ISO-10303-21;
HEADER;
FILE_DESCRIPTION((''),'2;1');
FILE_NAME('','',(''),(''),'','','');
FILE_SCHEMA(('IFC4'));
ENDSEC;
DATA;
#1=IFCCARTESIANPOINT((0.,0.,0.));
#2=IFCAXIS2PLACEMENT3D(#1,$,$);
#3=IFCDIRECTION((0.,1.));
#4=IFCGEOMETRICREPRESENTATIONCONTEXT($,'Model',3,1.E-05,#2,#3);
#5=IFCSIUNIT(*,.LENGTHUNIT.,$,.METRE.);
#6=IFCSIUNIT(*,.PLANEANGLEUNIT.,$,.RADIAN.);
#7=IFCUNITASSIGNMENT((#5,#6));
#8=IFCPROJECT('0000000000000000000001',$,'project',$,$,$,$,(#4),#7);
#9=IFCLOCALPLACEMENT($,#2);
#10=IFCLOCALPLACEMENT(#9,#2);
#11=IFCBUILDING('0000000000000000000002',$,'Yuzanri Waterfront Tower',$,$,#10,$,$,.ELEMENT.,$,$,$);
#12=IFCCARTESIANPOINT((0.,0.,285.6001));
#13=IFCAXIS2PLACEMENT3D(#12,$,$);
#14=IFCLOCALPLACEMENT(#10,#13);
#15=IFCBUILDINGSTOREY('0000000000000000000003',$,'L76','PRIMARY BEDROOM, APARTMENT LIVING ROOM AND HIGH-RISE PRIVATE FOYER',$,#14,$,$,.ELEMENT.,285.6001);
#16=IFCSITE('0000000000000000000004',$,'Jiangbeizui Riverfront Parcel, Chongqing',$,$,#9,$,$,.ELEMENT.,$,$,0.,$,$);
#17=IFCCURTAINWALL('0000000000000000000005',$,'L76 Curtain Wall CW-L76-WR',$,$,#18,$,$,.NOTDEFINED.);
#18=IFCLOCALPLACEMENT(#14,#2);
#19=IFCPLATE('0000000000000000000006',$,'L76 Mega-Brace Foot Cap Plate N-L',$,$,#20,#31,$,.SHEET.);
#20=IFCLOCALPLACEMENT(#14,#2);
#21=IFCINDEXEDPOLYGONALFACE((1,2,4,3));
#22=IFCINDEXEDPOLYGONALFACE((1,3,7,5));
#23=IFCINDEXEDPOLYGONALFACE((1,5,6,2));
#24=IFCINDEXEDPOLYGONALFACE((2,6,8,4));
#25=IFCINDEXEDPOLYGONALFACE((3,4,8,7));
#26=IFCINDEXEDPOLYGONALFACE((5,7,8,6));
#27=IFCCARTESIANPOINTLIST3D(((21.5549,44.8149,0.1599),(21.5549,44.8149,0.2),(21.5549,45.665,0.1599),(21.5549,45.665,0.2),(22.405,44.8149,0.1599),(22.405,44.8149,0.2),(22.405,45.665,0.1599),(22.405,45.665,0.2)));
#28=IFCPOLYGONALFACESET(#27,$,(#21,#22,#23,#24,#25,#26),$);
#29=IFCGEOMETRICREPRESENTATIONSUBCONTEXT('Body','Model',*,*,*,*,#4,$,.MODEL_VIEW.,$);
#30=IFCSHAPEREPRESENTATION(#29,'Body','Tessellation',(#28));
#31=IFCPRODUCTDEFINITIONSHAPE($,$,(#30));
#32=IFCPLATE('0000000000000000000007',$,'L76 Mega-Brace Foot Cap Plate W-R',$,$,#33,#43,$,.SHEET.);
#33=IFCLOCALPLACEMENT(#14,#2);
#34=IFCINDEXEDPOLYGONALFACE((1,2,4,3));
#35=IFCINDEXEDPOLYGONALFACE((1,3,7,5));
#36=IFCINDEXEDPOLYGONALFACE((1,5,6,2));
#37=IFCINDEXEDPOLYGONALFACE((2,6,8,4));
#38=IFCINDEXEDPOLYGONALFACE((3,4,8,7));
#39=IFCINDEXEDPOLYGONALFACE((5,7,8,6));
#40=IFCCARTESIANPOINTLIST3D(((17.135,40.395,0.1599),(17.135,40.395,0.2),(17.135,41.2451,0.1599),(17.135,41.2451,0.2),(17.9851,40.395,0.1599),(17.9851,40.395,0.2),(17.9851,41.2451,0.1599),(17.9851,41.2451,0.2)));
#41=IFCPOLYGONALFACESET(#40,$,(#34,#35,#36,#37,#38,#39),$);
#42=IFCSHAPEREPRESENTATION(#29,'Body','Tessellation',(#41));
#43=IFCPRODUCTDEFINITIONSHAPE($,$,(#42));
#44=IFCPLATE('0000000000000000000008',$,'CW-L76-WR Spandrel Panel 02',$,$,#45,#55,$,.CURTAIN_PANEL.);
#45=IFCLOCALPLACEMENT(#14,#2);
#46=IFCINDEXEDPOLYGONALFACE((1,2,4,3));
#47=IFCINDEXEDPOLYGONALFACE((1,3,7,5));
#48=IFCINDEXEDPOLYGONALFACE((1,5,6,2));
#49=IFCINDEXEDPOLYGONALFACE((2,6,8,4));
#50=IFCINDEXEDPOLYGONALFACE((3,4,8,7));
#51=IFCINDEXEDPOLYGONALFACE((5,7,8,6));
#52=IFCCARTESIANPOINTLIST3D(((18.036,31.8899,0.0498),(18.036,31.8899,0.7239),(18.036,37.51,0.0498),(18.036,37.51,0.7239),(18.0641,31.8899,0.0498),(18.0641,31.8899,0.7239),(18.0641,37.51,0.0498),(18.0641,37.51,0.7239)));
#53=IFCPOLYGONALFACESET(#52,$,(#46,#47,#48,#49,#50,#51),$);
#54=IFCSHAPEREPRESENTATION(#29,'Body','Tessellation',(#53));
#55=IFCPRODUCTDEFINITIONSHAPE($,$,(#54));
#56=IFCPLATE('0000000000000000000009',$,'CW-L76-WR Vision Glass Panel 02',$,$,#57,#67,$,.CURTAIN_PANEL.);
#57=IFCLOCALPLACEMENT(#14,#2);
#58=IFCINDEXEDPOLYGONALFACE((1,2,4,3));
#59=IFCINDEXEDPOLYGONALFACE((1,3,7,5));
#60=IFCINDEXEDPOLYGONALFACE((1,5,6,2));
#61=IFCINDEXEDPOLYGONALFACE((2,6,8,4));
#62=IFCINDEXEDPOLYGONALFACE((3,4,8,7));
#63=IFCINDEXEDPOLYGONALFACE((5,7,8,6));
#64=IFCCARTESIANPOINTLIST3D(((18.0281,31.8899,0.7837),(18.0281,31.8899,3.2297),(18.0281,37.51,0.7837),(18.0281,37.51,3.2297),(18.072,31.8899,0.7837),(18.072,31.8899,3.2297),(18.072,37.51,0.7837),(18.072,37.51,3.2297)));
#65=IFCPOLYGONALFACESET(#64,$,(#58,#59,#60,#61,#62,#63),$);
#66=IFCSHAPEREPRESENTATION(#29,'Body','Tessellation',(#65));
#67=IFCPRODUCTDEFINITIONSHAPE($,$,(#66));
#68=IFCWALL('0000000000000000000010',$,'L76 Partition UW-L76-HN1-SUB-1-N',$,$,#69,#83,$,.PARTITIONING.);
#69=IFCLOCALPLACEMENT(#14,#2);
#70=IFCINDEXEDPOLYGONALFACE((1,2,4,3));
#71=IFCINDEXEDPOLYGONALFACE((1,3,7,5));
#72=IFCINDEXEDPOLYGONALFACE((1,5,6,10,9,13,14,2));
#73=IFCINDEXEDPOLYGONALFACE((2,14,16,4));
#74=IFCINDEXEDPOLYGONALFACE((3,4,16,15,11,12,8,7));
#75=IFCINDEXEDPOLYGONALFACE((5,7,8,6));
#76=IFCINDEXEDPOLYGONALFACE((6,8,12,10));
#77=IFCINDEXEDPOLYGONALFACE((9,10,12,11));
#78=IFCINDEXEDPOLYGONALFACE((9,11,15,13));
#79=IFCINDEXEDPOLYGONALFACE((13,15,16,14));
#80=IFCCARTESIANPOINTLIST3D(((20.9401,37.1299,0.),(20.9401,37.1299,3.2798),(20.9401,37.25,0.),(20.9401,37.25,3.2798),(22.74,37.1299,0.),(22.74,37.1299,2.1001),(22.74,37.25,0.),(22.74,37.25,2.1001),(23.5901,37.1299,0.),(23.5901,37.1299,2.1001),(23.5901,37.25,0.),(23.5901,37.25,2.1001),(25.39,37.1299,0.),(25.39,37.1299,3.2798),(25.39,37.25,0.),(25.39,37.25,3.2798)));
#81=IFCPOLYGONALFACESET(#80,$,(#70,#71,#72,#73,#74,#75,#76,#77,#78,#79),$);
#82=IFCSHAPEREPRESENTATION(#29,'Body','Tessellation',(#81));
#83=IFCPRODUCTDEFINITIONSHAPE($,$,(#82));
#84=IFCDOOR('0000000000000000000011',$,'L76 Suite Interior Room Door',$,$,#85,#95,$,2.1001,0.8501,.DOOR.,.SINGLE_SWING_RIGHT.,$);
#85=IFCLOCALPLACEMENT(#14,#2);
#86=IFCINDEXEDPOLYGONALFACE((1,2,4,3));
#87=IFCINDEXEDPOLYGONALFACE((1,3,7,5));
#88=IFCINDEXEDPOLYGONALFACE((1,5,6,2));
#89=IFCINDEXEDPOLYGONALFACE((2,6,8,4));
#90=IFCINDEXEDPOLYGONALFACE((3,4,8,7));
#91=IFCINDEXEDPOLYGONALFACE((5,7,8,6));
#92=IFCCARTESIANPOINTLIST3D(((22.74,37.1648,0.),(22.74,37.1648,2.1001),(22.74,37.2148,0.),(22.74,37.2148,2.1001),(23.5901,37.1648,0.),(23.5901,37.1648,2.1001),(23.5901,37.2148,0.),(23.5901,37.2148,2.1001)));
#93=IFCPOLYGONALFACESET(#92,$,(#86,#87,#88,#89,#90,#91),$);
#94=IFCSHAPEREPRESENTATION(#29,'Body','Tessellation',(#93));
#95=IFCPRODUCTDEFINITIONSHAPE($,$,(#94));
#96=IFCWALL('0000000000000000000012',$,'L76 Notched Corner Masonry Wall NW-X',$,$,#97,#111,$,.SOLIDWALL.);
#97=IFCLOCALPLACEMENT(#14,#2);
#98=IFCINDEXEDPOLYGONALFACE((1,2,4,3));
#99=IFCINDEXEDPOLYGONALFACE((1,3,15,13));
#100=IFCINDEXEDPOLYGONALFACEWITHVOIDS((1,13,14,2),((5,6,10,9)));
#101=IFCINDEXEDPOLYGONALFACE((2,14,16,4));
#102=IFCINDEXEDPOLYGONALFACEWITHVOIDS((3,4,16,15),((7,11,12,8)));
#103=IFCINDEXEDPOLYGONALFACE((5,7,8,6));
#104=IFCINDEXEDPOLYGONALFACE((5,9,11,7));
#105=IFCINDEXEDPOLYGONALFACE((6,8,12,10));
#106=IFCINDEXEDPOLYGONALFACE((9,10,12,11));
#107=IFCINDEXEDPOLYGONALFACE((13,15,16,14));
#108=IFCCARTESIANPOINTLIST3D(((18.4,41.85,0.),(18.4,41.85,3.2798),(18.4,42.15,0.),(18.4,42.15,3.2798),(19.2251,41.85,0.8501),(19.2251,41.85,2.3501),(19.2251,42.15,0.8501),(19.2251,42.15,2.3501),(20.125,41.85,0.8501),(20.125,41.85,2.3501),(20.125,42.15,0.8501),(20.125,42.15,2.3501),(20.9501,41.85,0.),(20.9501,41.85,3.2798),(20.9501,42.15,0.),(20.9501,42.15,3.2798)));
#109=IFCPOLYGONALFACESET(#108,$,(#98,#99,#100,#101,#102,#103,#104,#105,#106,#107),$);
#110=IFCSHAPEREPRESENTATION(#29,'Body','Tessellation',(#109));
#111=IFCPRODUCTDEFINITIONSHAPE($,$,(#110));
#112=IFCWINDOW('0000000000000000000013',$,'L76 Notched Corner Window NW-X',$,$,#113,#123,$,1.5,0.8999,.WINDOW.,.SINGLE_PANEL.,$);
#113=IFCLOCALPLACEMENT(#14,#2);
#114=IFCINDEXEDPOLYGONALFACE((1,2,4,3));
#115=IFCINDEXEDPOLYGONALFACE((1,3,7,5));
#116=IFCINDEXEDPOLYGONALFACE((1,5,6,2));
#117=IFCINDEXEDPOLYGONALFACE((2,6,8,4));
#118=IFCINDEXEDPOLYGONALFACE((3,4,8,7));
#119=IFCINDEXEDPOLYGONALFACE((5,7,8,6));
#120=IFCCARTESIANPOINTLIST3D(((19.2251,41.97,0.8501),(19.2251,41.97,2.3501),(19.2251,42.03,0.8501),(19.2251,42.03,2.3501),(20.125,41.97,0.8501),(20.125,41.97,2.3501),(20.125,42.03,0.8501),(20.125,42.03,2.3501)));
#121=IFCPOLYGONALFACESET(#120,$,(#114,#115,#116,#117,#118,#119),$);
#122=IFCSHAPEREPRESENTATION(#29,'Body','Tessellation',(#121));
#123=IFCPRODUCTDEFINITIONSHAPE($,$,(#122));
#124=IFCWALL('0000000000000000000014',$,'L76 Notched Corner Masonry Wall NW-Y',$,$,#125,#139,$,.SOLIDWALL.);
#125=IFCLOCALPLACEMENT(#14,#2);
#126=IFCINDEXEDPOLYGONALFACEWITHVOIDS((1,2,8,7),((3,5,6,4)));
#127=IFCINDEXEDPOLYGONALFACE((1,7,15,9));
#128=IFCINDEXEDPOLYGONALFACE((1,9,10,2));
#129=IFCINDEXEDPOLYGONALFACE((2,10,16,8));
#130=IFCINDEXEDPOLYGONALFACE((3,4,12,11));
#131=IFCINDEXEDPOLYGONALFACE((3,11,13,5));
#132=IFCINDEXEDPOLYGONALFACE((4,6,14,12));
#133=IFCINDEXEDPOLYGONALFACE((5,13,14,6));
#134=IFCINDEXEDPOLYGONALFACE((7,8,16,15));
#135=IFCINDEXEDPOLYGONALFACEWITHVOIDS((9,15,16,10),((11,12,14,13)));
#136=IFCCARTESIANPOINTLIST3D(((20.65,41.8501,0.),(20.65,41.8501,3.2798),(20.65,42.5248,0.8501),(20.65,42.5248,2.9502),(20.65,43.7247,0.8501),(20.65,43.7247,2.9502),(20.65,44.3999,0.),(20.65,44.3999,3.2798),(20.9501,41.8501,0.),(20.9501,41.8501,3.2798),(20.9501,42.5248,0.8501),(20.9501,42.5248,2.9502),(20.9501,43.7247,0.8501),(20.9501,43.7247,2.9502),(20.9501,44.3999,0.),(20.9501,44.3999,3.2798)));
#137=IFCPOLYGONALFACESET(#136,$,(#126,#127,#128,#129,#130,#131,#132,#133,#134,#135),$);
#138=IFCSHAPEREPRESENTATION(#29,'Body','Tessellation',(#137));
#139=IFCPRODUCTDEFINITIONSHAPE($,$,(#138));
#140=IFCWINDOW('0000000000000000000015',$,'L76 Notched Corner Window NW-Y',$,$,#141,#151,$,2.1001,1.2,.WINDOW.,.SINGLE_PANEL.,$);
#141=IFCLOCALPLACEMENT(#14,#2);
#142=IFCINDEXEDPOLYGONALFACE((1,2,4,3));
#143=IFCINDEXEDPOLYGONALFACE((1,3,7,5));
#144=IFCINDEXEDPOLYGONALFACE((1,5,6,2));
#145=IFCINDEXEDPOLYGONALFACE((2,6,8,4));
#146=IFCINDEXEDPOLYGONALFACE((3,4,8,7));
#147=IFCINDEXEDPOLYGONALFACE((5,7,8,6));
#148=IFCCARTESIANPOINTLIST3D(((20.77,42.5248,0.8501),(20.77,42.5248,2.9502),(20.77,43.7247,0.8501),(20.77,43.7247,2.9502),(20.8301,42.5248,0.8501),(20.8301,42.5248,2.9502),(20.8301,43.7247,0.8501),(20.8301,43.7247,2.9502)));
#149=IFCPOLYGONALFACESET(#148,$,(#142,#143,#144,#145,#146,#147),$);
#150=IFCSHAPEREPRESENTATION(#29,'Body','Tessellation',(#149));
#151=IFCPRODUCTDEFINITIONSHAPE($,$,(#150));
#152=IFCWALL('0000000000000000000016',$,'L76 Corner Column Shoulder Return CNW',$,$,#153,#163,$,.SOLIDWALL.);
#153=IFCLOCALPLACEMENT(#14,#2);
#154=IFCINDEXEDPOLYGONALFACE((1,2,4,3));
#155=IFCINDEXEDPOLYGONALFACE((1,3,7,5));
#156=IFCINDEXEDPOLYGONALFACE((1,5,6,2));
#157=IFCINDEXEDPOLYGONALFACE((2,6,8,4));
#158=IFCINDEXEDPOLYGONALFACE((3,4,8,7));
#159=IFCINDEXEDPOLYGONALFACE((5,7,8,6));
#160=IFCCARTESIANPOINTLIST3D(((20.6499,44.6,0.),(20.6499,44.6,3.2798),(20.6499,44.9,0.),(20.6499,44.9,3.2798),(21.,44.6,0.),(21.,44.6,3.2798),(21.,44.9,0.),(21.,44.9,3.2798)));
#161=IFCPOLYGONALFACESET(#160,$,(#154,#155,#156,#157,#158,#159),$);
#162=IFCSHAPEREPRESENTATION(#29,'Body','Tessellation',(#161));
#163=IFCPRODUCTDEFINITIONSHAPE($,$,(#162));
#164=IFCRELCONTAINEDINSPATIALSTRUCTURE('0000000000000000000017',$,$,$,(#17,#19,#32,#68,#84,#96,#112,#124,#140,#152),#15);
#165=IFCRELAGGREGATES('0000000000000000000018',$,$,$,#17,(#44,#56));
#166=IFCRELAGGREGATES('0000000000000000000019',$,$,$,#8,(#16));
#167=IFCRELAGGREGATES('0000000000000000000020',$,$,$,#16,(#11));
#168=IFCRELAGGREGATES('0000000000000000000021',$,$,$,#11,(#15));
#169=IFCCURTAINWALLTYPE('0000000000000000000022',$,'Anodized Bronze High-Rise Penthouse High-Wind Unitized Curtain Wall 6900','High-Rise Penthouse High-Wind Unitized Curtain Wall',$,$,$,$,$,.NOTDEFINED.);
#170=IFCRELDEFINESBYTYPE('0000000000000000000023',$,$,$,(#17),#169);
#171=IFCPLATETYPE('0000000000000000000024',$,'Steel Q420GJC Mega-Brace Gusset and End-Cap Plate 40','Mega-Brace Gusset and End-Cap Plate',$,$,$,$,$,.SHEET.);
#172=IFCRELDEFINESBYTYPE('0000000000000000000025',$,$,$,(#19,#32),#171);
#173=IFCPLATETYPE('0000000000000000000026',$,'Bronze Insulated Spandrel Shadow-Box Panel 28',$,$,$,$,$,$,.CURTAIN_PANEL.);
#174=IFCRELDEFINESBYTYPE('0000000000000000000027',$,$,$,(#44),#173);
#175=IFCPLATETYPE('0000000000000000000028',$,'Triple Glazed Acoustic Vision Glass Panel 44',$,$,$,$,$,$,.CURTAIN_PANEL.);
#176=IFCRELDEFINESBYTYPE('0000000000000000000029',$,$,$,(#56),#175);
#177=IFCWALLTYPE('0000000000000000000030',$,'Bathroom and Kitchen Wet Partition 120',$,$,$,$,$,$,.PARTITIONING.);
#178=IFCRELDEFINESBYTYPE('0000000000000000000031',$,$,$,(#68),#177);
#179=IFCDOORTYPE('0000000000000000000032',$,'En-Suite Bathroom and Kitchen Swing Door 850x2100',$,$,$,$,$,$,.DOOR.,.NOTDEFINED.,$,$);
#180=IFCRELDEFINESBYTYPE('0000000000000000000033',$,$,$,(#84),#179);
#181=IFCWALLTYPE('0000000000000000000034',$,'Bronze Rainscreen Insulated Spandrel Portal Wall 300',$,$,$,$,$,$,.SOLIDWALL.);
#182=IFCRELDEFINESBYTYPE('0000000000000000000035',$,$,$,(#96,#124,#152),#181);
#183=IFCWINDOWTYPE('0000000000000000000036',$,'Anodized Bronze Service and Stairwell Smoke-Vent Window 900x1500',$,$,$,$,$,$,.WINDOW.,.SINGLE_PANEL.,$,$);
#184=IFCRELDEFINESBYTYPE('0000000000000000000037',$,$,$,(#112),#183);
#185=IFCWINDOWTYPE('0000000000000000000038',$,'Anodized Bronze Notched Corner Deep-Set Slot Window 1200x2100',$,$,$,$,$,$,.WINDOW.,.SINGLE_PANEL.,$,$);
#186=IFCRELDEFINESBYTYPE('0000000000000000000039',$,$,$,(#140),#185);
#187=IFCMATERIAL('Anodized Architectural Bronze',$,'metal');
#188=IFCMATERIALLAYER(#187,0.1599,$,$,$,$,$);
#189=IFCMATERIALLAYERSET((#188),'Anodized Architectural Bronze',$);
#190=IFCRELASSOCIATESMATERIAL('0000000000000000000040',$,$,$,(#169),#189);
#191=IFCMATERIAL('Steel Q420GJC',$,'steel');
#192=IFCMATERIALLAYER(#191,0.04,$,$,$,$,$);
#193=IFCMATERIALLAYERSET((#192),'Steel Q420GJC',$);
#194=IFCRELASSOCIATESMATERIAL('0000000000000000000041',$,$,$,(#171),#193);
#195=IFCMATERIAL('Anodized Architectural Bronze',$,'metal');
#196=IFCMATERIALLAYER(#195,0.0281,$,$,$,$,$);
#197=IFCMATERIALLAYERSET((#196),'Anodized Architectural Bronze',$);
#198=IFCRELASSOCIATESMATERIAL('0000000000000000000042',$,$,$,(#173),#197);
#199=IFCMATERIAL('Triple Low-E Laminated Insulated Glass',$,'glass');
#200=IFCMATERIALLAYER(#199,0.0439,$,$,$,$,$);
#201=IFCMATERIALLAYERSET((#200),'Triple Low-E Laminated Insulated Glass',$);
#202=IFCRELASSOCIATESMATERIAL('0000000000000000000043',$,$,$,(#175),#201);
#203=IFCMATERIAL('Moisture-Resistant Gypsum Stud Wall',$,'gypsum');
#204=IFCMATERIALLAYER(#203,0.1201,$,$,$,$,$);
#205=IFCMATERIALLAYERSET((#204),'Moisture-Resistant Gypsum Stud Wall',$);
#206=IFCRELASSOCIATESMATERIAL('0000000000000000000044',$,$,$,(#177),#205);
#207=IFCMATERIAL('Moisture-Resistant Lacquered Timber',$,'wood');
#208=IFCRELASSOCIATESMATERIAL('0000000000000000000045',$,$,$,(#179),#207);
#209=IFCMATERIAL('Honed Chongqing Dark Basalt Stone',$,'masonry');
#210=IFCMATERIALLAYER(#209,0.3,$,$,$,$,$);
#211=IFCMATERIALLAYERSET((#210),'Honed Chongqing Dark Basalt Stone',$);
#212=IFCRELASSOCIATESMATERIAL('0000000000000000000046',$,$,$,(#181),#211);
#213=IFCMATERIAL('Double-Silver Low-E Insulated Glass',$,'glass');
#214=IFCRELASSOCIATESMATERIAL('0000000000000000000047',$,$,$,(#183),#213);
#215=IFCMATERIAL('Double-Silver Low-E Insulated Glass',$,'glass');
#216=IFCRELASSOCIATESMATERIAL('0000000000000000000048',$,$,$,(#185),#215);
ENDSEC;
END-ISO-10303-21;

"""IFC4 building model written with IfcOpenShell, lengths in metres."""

from ifc_helpers import new_model, si_unit, direction, frame, frame_2d, origin, origin_2d, place, context, subcontext, project, spatial, rectangle, extrude, source, transform, mapped, material, layer, layer_set, type_object, element, fill, aggregate, save


model = new_model("IFC4")

# Units and contexts
model_context = context("Model", 3, precision=1e-05, world=origin(), true_north=direction((0.0, 1.0)))
body_context = subcontext(model_context, "Body", "Model", "MODEL_VIEW")
ifc_project = project(units=[si_unit("LENGTHUNIT", "METRE"), si_unit("PLANEANGLEUNIT", "RADIAN")], contexts=[model_context])

# Site, building, storey
site_placement = place(None, origin())
site = spatial("IfcSite", under=ifc_project, at=site_placement, Name="Jiangbeizui Riverfront Parcel, Chongqing", CompositionType="ELEMENT", RefElevation=0.0)
building_placement = place(site_placement, origin())
building = spatial("IfcBuilding", under=site, at=building_placement, Name="Yuzanri Waterfront Tower", CompositionType="ELEMENT")
storey_placement = place(building_placement, frame((0.0, 0.0, 285.6001)))
storey = spatial("IfcBuildingStorey", under=building, at=storey_placement, Name="L76", Description="PRIMARY BEDROOM, APARTMENT LIVING ROOM AND HIGH-RISE PRIVATE FOYER", CompositionType="ELEMENT", Elevation=285.6001)

# Curtain wall
ifc_material_1 = material(Name="Anodized Architectural Bronze", Category="metal")
ifc_layer_1 = layer(ifc_material_1, 0.1599)
ifc_layer_set_1 = layer_set([ifc_layer_1], Name="Anodized Architectural Bronze")
curtain_wall_type = type_object("IfcCurtainWallType", Name="Anodized Bronze High-Rise Penthouse High-Wind Unitized Curtain Wall 6900", Description="High-Rise Penthouse High-Wind Unitized Curtain Wall", PredefinedType="NOTDEFINED", material=ifc_layer_set_1)
curtain_wall_placement = place(storey_placement, origin())
curtain_wall = element("IfcCurtainWall", 1, at=curtain_wall_placement, inside=storey, type_object=curtain_wall_type, Name="L76 Curtain Wall CW-L76-WR", PredefinedType="NOTDEFINED")

# Plates
ifc_material_2 = material(Name="Steel Q420GJC", Category="steel")
ifc_layer_2 = layer(ifc_material_2, 0.04)
ifc_layer_set_2 = layer_set([ifc_layer_2], Name="Steel Q420GJC")
plate_type_1 = type_object("IfcPlateType", Name="Steel Q420GJC Mega-Brace Gusset and End-Cap Plate 40", Description="Mega-Brace Gusset and End-Cap Plate", PredefinedType="SHEET", material=ifc_layer_set_2)
shared_shape_1 = source(origin(), body_context, "Body", "SweptSolid", [
    extrude(rectangle(XDim=0.8501, YDim=0.8501, at=origin_2d()), origin(), (0.0, 0.0, 1.0), 0.04),
])
for number, where, z_axis, x_axis, name in (
    (2, (21.98, 45.24, 0.1599), (0.0, 0.0, 1.0), (1.0, 0.0, 0.0), "L76 Mega-Brace Foot Cap Plate N-L"),
    (3, (17.5601, 40.8201, 0.1599), (0.0, 0.0, 1.0), (1.0, 0.0, 0.0), "L76 Mega-Brace Foot Cap Plate W-R"),
):
    element("IfcPlate", number, at=place(storey_placement, frame(where, z_axis=z_axis, x_axis=x_axis)), inside=storey, type_object=plate_type_1, Name=name, PredefinedType="SHEET", context=body_context, shape_type="MappedRepresentation", body=[
        mapped(shared_shape_1, transform((0.0, 0.0, 0.0), scale=1.0)),
    ])

# Plates
ifc_material_3 = material(Name="Anodized Architectural Bronze", Category="metal")
ifc_layer_3 = layer(ifc_material_3, 0.0281)
ifc_layer_set_3 = layer_set([ifc_layer_3], Name="Anodized Architectural Bronze")
plate_type_2 = type_object("IfcPlateType", Name="Bronze Insulated Spandrel Shadow-Box Panel 28", PredefinedType="CURTAIN_PANEL", material=ifc_layer_set_3)
shared_shape_2 = source(origin(), body_context, "Body", "SweptSolid", [
    extrude(rectangle(XDim=5.6201, YDim=0.0281, at=origin_2d()), origin(), (0.0, 0.0, 1.0), 0.6741),
])
plate_1_placement = place(storey_placement, frame((18.05, 34.7, 0.0498), z_axis=(0.0, 0.0, 1.0), x_axis=(0.0, 1.0, 0.0)))
plate_1 = element("IfcPlate", 4, at=plate_1_placement, type_object=plate_type_2, Name="CW-L76-WR Spandrel Panel 02", PredefinedType="CURTAIN_PANEL", context=body_context, shape_type="MappedRepresentation", body=[
    mapped(shared_shape_2, transform((0.0, 0.0, 0.0), scale=1.0)),
])
ifc_material_4 = material(Name="Triple Low-E Laminated Insulated Glass", Category="glass")
ifc_layer_4 = layer(ifc_material_4, 0.0439)
ifc_layer_set_4 = layer_set([ifc_layer_4], Name="Triple Low-E Laminated Insulated Glass")
plate_type_3 = type_object("IfcPlateType", Name="Triple Glazed Acoustic Vision Glass Panel 44", PredefinedType="CURTAIN_PANEL", material=ifc_layer_set_4)
shared_shape_3 = source(origin(), body_context, "Body", "SweptSolid", [
    extrude(rectangle(XDim=5.6201, YDim=0.0439, at=origin_2d()), origin(), (0.0, 0.0, 1.0), 2.446),
])
plate_2_placement = place(storey_placement, frame((18.05, 34.7, 0.7837), z_axis=(0.0, 0.0, 1.0), x_axis=(0.0, 1.0, 0.0)))
plate_2 = element("IfcPlate", 5, at=plate_2_placement, type_object=plate_type_3, Name="CW-L76-WR Vision Glass Panel 02", PredefinedType="CURTAIN_PANEL", context=body_context, shape_type="MappedRepresentation", body=[
    mapped(shared_shape_3, transform((0.0, 0.0, 0.0), scale=1.0)),
])
aggregate(curtain_wall, [plate_1, plate_2])

# Wall, opening, door
ifc_material_5 = material(Name="Moisture-Resistant Gypsum Stud Wall", Category="gypsum")
ifc_layer_5 = layer(ifc_material_5, 0.1201)
ifc_layer_set_5 = layer_set([ifc_layer_5], Name="Moisture-Resistant Gypsum Stud Wall")
wall_type_1 = type_object("IfcWallType", Name="Bathroom and Kitchen Wet Partition 120", PredefinedType="PARTITIONING", material=ifc_layer_set_5)
wall_1_placement = place(storey_placement, frame((20.9399, 37.1899, 0.0), z_axis=(0.0, 0.0, 1.0), x_axis=(1.0, 0.0, 0.0)))
wall_1 = element("IfcWall", 6, at=wall_1_placement, inside=storey, type_object=wall_type_1, Name="L76 Partition UW-L76-HN1-SUB-1-N", PredefinedType="PARTITIONING", context=body_context, shape_type="SweptSolid", body=[
    extrude(rectangle(XDim=4.45, YDim=0.1201, at=frame_2d((2.2251, 0.0))), origin(), (0.0, 0.0, 1.0), 3.2798),
])
opening_1_placement = place(wall_1_placement, frame((1.8, 0.0, 0.0)))
opening_1 = element("IfcOpeningElement", 7, at=opening_1_placement, cuts=wall_1, PredefinedType="OPENING", context=body_context, shape_type="SweptSolid", body=[
    extrude(rectangle(XDim=0.8501, YDim=2.1001, at=frame_2d((0.425, 1.05))), frame((0.0, 0.075, 0.0), z_axis=(0.0, -1.0, 0.0), x_axis=(1.0, 0.0, 0.0)), (0.0, 0.0, 1.0), 0.1499),
])
ifc_material_6 = material(Name="Moisture-Resistant Lacquered Timber", Category="wood")
door_type = type_object("IfcDoorType", Name="En-Suite Bathroom and Kitchen Swing Door 850x2100", OperationType="NOTDEFINED", PredefinedType="DOOR", material=ifc_material_6)
shared_shape_4 = source(origin(), body_context, "Body", "SweptSolid", [
    extrude(rectangle(XDim=0.8501, YDim=2.1001, at=frame_2d((0.425, 1.05))), frame((0.0, 0.0249, 0.0), z_axis=(0.0, -1.0, 0.0), x_axis=(1.0, 0.0, 0.0)), (0.0, 0.0, 1.0), 0.05),
])
door_placement = place(opening_1_placement, origin())
door = element("IfcDoor", 8, at=door_placement, inside=storey, type_object=door_type, Name="L76 Suite Interior Room Door", OperationType="SINGLE_SWING_RIGHT", OverallHeight=2.1001, OverallWidth=0.8501, PredefinedType="DOOR", context=body_context, shape_type="MappedRepresentation", body=[
    mapped(shared_shape_4, transform((0.0, 0.0, 0.0), scale=1.0)),
])
fill(opening_1, door)

# Walls, openings, windows
ifc_material_7 = material(Name="Honed Chongqing Dark Basalt Stone", Category="masonry")
ifc_layer_6 = layer(ifc_material_7, 0.3)
ifc_layer_set_6 = layer_set([ifc_layer_6], Name="Honed Chongqing Dark Basalt Stone")
wall_type_2 = type_object("IfcWallType", Name="Bronze Rainscreen Insulated Spandrel Portal Wall 300", PredefinedType="SOLIDWALL", material=ifc_layer_set_6)
wall_2_placement = place(storey_placement, frame((20.95, 42.0, 0.0), z_axis=(0.0, 0.0, 1.0), x_axis=(-1.0, 0.0, 0.0)))
wall_2 = element("IfcWall", 9, at=wall_2_placement, inside=storey, type_object=wall_type_2, Name="L76 Notched Corner Masonry Wall NW-X", PredefinedType="SOLIDWALL", context=body_context, shape_type="SweptSolid", body=[
    extrude(rectangle(XDim=2.55, YDim=0.3, at=frame_2d((1.2749, 0.0))), origin(), (0.0, 0.0, 1.0), 3.2798),
])
opening_2_placement = place(wall_2_placement, frame((0.825, 0.0, 0.8501)))
opening_2 = element("IfcOpeningElement", 10, at=opening_2_placement, cuts=wall_2, PredefinedType="OPENING", context=body_context, shape_type="SweptSolid", body=[
    extrude(rectangle(XDim=0.8999, YDim=1.5, at=frame_2d((0.45, 0.75))), frame((0.0, 0.165, 0.0), z_axis=(0.0, -1.0, 0.0), x_axis=(1.0, 0.0, 0.0)), (0.0, 0.0, 1.0), 0.3298),
])
ifc_material_8 = material(Name="Double-Silver Low-E Insulated Glass", Category="glass")
window_type_1 = type_object("IfcWindowType", Name="Anodized Bronze Service and Stairwell Smoke-Vent Window 900x1500", PartitioningType="SINGLE_PANEL", PredefinedType="WINDOW", material=ifc_material_8)
shared_shape_5 = source(origin(), body_context, "Body", "SweptSolid", [
    extrude(rectangle(XDim=0.8999, YDim=1.5, at=frame_2d((0.45, 0.75))), frame((0.0, 0.03, 0.0), z_axis=(0.0, -1.0, 0.0), x_axis=(1.0, 0.0, 0.0)), (0.0, 0.0, 1.0), 0.0601),
])
window_1_placement = place(opening_2_placement, origin())
window_1 = element("IfcWindow", 11, at=window_1_placement, inside=storey, type_object=window_type_1, Name="L76 Notched Corner Window NW-X", OverallHeight=1.5, OverallWidth=0.8999, PartitioningType="SINGLE_PANEL", PredefinedType="WINDOW", context=body_context, shape_type="MappedRepresentation", body=[
    mapped(shared_shape_5, transform((0.0, 0.0, 0.0), scale=1.0)),
])
fill(opening_2, window_1)
wall_3_placement = place(storey_placement, frame((20.8, 44.3999, 0.0), z_axis=(0.0, 0.0, 1.0), x_axis=(0.0, -1.0, 0.0)))
wall_3 = element("IfcWall", 12, at=wall_3_placement, inside=storey, type_object=wall_type_2, Name="L76 Notched Corner Masonry Wall NW-Y", PredefinedType="SOLIDWALL", context=body_context, shape_type="SweptSolid", body=[
    extrude(rectangle(XDim=2.5498, YDim=0.3, at=frame_2d((1.2749, 0.0))), origin(), (0.0, 0.0, 1.0), 3.2798),
])
opening_3_placement = place(wall_3_placement, frame((0.675, 0.0, 0.8501)))
opening_3 = element("IfcOpeningElement", 13, at=opening_3_placement, cuts=wall_3, PredefinedType="OPENING", context=body_context, shape_type="SweptSolid", body=[
    extrude(rectangle(XDim=1.2, YDim=2.1001, at=frame_2d((0.6001, 1.05))), frame((0.0, 0.165, 0.0), z_axis=(0.0, -1.0, 0.0), x_axis=(1.0, 0.0, 0.0)), (0.0, 0.0, 1.0), 0.3298),
])
ifc_material_9 = material(Name="Double-Silver Low-E Insulated Glass", Category="glass")
window_type_2 = type_object("IfcWindowType", Name="Anodized Bronze Notched Corner Deep-Set Slot Window 1200x2100", PartitioningType="SINGLE_PANEL", PredefinedType="WINDOW", material=ifc_material_9)
shared_shape_6 = source(origin(), body_context, "Body", "SweptSolid", [
    extrude(rectangle(XDim=1.2, YDim=2.1001, at=frame_2d((0.6001, 1.05))), frame((0.0, 0.03, 0.0), z_axis=(0.0, -1.0, 0.0), x_axis=(1.0, 0.0, 0.0)), (0.0, 0.0, 1.0), 0.0601),
])
window_2_placement = place(opening_3_placement, origin())
window_2 = element("IfcWindow", 14, at=window_2_placement, inside=storey, type_object=window_type_2, Name="L76 Notched Corner Window NW-Y", OverallHeight=2.1001, OverallWidth=1.2, PartitioningType="SINGLE_PANEL", PredefinedType="WINDOW", context=body_context, shape_type="MappedRepresentation", body=[
    mapped(shared_shape_6, transform((0.0, 0.0, 0.0), scale=1.0)),
])
fill(opening_3, window_2)

# Wall
shared_shape_7 = source(origin(), body_context, "Body", "SweptSolid", [
    extrude(rectangle(XDim=0.3501, YDim=0.3, at=frame_2d((0.175, 0.0))), origin(), (0.0, 0.0, 1.0), 3.2798),
])
wall_4_placement = place(storey_placement, frame((20.6499, 44.75, 0.0), z_axis=(0.0, 0.0, 1.0), x_axis=(1.0, 0.0, 0.0)))
element("IfcWall", 15, at=wall_4_placement, inside=storey, type_object=wall_type_2, Name="L76 Corner Column Shoulder Return CNW", PredefinedType="SOLIDWALL", context=body_context, shape_type="MappedRepresentation", body=[
    mapped(shared_shape_7, transform((0.0, 0.0, 0.0), scale=1.0)),
])

save(model, "model.ifc")
